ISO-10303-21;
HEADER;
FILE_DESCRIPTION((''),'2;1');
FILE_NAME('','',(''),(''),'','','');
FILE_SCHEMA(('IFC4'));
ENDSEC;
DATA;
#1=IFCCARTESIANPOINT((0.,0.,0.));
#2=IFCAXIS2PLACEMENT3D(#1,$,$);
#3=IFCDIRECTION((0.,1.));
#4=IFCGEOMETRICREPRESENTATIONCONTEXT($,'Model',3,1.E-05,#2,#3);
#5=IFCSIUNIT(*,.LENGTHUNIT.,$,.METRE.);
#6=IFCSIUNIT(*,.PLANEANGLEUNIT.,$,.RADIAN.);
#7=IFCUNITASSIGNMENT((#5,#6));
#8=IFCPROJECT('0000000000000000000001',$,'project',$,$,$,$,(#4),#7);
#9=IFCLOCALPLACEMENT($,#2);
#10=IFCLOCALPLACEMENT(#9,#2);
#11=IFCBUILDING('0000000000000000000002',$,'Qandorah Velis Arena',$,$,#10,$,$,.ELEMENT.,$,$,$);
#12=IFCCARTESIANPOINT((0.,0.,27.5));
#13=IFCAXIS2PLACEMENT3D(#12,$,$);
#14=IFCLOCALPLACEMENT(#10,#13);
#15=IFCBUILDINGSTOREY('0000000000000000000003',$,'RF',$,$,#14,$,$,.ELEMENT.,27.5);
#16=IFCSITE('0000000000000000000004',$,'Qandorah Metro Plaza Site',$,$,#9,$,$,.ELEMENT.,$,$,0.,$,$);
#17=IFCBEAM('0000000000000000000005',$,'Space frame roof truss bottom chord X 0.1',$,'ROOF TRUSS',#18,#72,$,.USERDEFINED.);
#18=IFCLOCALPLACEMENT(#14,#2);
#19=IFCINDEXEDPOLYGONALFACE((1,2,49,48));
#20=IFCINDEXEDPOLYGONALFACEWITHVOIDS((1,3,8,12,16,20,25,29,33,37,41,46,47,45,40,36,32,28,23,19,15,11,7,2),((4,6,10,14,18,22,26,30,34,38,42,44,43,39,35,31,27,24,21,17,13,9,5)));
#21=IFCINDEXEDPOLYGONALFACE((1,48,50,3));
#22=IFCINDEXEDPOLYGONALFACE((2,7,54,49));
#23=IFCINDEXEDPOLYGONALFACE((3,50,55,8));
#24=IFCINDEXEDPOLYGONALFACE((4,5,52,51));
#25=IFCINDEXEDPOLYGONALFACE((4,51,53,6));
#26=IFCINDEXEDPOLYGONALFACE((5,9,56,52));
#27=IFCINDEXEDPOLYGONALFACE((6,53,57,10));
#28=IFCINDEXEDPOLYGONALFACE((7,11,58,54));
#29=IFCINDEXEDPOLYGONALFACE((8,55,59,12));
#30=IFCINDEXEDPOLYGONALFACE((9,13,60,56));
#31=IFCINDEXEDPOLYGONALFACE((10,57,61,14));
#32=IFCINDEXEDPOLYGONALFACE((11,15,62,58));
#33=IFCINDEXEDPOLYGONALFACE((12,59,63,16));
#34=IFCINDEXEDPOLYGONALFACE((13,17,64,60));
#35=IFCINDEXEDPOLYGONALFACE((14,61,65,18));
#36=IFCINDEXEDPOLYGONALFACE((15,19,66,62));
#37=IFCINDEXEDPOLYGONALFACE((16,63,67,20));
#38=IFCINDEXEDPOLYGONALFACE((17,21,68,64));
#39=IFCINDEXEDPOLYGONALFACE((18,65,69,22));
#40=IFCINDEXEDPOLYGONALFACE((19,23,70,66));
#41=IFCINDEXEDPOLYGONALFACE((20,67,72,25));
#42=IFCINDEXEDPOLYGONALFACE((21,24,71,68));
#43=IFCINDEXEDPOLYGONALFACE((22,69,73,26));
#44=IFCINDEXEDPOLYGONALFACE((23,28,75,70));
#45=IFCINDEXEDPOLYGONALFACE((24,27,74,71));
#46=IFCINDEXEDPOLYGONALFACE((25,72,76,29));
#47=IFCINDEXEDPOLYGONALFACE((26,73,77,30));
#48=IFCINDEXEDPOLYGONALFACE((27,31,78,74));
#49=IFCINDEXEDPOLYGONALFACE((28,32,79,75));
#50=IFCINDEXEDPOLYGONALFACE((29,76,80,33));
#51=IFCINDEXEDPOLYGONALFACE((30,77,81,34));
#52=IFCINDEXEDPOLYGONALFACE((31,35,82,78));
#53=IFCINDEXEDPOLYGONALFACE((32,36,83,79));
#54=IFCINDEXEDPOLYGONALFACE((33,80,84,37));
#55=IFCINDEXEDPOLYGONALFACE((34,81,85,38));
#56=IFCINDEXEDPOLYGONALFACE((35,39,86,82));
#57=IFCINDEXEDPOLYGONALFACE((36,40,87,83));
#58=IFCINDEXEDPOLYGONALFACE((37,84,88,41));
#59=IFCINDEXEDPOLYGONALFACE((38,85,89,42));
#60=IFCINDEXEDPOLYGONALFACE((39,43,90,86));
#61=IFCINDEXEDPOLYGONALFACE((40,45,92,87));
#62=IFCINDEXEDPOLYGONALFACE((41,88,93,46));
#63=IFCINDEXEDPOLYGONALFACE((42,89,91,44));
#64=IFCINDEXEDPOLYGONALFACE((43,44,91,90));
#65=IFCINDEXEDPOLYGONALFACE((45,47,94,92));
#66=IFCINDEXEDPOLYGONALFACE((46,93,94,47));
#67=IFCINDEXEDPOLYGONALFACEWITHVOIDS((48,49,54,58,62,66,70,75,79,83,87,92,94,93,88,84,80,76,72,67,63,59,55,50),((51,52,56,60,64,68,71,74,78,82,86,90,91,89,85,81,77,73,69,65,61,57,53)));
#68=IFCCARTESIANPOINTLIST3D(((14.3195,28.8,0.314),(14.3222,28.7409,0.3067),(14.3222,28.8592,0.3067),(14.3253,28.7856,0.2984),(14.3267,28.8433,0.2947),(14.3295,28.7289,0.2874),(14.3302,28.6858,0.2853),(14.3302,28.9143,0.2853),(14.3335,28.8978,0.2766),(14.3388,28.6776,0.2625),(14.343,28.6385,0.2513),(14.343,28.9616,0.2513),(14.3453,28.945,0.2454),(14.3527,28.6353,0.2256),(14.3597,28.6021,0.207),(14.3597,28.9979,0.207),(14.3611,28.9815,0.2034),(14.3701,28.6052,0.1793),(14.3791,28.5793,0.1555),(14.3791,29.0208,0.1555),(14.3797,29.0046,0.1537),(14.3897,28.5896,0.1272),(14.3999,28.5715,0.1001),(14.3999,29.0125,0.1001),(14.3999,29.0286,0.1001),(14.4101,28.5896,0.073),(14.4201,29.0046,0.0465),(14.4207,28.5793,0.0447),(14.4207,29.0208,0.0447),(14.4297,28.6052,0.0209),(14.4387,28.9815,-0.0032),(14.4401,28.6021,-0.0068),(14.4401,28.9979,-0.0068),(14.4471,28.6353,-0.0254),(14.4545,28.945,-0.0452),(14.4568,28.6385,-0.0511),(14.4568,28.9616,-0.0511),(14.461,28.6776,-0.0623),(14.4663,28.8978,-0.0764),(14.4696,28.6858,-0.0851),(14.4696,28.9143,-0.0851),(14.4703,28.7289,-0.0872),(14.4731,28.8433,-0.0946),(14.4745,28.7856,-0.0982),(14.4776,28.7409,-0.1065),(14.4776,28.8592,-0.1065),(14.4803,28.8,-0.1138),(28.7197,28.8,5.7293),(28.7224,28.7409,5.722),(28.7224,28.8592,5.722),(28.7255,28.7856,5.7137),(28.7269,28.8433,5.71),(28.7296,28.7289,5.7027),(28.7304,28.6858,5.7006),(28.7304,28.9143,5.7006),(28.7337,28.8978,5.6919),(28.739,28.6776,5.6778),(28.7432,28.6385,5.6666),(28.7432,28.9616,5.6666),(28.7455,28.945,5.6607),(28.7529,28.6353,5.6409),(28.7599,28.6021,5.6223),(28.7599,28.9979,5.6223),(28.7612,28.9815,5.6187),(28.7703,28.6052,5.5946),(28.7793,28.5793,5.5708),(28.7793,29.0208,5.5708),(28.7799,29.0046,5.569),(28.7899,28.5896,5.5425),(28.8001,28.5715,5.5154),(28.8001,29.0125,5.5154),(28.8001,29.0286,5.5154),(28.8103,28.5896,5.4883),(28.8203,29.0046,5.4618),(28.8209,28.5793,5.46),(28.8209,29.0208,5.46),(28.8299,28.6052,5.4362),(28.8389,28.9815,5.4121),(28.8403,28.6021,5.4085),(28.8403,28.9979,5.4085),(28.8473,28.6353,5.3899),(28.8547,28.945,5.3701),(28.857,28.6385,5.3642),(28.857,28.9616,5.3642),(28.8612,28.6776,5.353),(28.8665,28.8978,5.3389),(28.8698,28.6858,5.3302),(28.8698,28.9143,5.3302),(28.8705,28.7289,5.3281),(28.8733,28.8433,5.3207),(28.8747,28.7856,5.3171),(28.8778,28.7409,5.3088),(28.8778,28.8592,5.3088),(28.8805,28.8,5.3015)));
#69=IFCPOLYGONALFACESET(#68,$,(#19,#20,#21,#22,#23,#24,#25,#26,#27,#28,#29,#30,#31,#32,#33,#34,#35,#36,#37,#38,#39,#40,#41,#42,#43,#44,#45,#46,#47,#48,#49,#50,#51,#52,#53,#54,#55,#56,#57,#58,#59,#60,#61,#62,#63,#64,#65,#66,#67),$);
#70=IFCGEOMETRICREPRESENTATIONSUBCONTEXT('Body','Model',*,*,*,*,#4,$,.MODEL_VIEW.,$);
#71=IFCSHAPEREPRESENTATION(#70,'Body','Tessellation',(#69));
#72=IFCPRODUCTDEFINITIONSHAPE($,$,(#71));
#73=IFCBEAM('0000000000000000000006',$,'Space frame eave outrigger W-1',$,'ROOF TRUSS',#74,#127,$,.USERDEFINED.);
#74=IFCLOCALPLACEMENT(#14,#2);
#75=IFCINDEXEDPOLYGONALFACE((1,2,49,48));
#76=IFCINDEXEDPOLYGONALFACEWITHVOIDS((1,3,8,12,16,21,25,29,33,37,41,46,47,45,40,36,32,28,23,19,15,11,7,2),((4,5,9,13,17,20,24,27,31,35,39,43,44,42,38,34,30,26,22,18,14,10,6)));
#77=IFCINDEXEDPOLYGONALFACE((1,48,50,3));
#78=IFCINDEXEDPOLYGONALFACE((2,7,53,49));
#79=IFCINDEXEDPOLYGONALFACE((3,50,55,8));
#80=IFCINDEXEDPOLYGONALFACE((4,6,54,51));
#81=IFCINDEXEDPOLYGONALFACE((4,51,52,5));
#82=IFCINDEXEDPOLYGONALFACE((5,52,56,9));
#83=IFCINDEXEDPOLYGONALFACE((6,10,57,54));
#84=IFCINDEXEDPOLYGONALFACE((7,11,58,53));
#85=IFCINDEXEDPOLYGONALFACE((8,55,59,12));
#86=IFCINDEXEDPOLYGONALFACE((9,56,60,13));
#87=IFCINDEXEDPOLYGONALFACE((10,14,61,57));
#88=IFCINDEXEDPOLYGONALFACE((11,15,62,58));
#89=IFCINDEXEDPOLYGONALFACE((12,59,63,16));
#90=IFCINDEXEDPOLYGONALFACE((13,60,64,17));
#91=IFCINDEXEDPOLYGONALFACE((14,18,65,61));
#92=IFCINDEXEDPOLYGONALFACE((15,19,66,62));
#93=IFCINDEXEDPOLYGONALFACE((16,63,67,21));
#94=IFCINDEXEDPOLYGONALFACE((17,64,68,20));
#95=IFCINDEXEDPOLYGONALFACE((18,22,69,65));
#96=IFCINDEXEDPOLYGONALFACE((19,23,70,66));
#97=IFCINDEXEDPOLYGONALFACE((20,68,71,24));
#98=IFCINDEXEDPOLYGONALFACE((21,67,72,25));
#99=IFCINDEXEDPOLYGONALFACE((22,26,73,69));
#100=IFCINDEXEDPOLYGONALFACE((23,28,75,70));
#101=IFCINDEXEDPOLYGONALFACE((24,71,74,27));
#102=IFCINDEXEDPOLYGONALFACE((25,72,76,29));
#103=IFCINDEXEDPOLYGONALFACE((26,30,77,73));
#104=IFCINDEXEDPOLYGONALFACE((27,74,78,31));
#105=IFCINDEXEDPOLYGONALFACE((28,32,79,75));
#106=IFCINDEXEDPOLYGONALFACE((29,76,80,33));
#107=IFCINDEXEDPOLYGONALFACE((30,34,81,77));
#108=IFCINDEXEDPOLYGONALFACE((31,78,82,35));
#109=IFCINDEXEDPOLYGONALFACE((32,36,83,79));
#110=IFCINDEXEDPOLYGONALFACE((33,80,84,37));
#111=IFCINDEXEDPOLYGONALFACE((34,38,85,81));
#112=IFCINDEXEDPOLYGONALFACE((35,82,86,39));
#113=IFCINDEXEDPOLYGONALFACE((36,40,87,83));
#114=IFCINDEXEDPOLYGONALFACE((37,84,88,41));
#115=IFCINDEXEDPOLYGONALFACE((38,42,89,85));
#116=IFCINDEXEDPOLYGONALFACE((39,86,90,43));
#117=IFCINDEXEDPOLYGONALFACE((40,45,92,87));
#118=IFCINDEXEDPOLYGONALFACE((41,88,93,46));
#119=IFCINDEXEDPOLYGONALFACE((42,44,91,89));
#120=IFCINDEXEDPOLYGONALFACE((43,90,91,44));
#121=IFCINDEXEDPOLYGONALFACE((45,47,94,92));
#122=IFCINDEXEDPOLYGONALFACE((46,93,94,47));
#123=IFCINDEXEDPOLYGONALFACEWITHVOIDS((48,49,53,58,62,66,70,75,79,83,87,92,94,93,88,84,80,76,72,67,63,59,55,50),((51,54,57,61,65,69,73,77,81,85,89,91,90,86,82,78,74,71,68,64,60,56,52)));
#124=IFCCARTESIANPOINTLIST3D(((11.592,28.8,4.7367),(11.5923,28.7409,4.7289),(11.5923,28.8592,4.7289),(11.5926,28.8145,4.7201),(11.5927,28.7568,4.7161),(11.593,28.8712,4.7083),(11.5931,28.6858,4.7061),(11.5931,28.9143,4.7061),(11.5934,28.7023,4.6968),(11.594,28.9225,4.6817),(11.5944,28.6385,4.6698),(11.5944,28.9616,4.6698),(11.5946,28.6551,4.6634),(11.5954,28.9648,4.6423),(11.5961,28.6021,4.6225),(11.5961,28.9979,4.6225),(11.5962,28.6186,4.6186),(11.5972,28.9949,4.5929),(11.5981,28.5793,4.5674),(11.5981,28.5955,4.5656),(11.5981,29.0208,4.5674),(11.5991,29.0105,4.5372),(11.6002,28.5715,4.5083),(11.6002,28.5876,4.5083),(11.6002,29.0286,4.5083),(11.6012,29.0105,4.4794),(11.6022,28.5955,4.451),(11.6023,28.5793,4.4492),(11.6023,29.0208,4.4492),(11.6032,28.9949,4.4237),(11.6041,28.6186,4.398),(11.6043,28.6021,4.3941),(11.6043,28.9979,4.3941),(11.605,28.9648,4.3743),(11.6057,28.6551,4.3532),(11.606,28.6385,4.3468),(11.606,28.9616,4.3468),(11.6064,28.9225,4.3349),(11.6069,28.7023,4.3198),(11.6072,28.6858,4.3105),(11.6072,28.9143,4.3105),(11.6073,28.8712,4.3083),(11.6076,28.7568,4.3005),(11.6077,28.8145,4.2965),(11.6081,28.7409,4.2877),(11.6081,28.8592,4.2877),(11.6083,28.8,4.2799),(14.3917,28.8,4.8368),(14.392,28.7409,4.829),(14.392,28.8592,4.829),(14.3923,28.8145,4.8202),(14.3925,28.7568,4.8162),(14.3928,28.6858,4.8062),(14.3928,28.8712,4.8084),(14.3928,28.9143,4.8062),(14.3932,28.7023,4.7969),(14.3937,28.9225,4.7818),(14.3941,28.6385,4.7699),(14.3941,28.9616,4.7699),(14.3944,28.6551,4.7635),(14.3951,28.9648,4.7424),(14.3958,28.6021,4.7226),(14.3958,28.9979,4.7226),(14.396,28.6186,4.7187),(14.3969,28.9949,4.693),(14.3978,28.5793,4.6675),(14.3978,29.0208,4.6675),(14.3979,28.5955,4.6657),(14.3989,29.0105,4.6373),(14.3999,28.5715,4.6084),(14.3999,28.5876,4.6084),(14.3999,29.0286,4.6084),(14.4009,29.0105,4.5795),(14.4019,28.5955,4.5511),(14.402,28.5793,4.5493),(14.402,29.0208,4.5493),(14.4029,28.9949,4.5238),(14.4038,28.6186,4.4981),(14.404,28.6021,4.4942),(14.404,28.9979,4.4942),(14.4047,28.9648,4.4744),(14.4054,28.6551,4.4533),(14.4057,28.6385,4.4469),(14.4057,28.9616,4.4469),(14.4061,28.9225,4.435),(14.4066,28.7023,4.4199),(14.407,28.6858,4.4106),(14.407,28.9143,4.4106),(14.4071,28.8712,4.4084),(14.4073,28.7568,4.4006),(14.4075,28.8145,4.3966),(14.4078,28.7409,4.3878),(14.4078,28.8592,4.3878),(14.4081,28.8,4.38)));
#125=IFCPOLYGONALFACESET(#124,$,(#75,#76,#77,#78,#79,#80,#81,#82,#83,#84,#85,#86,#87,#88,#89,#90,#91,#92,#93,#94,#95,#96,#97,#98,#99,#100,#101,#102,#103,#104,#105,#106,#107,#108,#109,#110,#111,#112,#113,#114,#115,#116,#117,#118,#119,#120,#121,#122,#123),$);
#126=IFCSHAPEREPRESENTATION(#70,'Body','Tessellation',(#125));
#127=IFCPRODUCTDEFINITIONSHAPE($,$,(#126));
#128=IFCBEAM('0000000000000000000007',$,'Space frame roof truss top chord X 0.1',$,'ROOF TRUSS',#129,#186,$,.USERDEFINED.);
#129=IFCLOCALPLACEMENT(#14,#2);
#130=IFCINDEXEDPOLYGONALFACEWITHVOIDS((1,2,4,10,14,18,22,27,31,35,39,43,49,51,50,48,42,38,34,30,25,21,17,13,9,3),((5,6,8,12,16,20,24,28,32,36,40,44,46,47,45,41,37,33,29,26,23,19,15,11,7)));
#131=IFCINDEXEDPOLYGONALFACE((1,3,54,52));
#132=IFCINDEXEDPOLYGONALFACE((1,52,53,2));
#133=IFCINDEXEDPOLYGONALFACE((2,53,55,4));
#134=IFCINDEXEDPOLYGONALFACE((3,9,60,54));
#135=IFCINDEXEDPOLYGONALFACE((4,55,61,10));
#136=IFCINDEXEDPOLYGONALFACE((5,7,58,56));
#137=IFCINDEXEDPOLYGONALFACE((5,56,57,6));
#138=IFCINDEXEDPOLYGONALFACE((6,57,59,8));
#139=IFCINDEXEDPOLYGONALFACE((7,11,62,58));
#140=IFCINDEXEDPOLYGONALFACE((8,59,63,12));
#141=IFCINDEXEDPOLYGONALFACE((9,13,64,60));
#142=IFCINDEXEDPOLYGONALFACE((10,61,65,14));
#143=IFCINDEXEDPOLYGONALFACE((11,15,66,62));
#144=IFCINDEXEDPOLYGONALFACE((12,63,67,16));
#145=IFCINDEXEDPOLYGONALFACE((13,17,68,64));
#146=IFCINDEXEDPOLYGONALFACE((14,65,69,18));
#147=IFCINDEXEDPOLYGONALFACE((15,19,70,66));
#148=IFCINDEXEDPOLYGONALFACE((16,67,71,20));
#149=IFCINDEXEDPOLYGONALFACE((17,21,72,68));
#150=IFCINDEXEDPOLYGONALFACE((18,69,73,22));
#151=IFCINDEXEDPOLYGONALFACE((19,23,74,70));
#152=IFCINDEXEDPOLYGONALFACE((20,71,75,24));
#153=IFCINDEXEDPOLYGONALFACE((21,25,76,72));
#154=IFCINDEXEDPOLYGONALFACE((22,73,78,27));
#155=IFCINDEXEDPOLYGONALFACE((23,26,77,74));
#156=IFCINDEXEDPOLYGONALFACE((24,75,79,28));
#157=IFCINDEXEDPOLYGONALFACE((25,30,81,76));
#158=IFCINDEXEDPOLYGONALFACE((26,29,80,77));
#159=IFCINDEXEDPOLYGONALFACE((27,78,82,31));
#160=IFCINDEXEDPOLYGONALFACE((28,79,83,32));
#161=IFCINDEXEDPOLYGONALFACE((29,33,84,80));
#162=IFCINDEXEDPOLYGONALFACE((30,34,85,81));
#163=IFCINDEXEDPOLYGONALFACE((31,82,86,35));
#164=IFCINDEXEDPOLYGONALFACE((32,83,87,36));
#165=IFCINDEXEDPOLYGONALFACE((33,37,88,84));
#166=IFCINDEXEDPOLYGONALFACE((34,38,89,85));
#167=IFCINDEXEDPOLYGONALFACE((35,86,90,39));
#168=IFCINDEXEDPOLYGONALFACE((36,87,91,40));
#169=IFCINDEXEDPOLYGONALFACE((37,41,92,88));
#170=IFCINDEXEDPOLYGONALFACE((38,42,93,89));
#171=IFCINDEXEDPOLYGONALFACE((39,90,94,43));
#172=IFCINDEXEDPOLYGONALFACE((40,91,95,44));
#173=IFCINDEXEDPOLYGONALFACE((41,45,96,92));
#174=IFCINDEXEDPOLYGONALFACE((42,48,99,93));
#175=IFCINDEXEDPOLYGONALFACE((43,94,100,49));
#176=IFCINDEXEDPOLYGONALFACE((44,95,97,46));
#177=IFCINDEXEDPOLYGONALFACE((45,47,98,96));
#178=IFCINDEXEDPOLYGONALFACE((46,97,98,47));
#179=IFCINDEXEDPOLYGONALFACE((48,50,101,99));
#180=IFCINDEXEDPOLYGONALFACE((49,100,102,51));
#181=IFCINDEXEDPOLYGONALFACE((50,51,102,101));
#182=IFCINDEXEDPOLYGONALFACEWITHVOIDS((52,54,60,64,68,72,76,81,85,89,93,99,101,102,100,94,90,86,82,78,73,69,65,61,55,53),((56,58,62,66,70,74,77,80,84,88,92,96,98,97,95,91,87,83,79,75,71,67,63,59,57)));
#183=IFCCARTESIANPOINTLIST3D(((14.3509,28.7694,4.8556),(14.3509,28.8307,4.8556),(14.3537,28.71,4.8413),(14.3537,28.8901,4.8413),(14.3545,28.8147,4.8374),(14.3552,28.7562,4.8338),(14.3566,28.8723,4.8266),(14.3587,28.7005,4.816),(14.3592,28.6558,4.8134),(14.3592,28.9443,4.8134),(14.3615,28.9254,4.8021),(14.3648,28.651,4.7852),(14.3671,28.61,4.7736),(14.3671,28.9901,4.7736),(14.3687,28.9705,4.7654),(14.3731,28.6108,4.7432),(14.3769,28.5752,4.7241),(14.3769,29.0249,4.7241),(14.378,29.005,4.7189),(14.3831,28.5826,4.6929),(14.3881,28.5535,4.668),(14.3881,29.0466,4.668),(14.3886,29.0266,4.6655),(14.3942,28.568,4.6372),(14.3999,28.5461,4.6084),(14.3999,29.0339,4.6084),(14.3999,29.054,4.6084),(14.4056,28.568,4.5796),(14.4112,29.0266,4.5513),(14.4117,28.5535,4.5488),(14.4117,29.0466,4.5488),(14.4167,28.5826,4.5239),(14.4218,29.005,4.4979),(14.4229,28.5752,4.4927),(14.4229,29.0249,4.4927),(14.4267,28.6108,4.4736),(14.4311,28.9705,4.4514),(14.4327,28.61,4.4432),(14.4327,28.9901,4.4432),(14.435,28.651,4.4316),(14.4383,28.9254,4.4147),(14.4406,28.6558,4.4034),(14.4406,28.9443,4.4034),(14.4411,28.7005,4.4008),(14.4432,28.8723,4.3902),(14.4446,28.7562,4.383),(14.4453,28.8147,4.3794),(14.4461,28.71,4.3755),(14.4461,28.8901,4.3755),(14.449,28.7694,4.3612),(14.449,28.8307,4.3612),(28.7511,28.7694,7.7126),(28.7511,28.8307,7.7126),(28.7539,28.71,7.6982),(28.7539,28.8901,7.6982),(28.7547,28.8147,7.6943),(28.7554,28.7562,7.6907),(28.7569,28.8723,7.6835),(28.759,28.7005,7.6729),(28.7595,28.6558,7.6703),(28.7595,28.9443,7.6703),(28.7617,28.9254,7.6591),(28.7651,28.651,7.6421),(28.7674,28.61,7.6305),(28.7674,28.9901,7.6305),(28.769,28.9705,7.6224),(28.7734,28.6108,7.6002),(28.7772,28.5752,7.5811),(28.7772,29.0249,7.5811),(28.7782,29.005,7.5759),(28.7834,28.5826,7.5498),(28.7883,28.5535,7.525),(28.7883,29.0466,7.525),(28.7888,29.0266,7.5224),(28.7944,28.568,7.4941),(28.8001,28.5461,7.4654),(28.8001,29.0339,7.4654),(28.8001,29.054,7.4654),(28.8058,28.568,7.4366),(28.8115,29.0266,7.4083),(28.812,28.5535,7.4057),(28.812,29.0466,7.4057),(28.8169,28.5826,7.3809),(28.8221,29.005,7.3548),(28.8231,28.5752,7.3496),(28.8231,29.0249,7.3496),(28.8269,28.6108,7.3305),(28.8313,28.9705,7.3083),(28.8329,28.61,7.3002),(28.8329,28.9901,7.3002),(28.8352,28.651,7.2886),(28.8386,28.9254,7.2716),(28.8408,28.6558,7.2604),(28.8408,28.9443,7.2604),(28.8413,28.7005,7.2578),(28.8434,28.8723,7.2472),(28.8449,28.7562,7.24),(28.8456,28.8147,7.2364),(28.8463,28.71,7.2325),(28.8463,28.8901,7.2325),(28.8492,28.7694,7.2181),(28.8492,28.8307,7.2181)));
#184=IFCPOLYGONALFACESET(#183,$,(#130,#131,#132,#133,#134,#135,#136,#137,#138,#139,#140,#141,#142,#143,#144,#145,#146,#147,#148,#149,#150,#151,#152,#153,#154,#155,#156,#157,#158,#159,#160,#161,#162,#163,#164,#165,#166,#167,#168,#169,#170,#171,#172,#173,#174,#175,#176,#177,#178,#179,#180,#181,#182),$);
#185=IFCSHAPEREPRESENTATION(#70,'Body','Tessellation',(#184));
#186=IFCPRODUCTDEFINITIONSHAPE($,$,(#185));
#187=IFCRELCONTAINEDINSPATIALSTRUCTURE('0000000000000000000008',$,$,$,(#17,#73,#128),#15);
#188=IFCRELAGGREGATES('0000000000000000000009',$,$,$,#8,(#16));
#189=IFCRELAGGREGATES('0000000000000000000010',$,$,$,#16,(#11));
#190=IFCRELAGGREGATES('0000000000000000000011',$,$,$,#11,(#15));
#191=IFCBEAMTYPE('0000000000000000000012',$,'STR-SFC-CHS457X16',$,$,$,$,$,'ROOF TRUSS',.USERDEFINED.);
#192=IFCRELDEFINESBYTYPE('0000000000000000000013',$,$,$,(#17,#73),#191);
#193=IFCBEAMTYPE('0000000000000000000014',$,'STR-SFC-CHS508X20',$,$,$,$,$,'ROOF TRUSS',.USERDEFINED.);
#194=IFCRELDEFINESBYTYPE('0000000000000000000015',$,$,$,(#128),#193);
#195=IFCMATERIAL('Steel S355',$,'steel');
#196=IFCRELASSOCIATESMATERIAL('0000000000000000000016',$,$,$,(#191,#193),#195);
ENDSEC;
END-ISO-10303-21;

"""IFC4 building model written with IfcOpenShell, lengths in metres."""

from ifc_helpers import new_model, si_unit, direction, frame, origin, origin_2d, place, context, subcontext, project, spatial, hollow_circle, extrude, material, material_profile, profile_set, type_object, element, save


model = new_model("IFC4")

# Units and contexts
model_context = context("Model", 3, precision=1e-05, world=origin(), true_north=direction((0.0, 1.0)))
body_context = subcontext(model_context, "Body", "Model", "MODEL_VIEW")
ifc_project = project(units=[si_unit("LENGTHUNIT", "METRE"), si_unit("PLANEANGLEUNIT", "RADIAN")], contexts=[model_context])

# Site, building, storey
site_placement = place(None, origin())
site = spatial("IfcSite", under=ifc_project, at=site_placement, Name="Qandorah Metro Plaza Site", CompositionType="ELEMENT", RefElevation=0.0)
building_placement = place(site_placement, origin())
building = spatial("IfcBuilding", under=site, at=building_placement, Name="Qandorah Velis Arena", CompositionType="ELEMENT")
storey_placement = place(building_placement, frame((0.0, 0.0, 27.5)))
storey = spatial("IfcBuildingStorey", under=building, at=storey_placement, Name="RF", CompositionType="ELEMENT", Elevation=27.5)

# Beams
ifc_material_1 = material(Name="Steel S355", Category="steel")
ifc_material_profile_1 = material_profile(ifc_material_1, hollow_circle(Radius=0.2285, WallThickness=0.0161, at=origin_2d()), Name="CHS 457x16")
ifc_profile_set_1 = profile_set([ifc_material_profile_1], Name="Steel S355")
beam_type_1 = type_object("IfcBeamType", Name="STR-SFC-CHS457X16", ElementType="ROOF TRUSS", PredefinedType="USERDEFINED", material=ifc_profile_set_1)
beam_1_placement = place(storey_placement, frame((14.3999, 28.8, 0.1001), z_axis=(0.936003, 0.0, 0.351991), x_axis=(0.0, 1.0, 0.0)))
element("IfcBeam", 1, at=beam_1_placement, inside=storey, type_object=beam_type_1, Name="Space frame roof truss bottom chord X 0.1", ObjectType="ROOF TRUSS", PredefinedType="USERDEFINED", context=body_context, shape_type="SweptSolid", body=[
    extrude(hollow_circle(Radius=0.2285, WallThickness=0.0161, at=origin_2d()), origin(), (0.0, 0.0, 1.0), 15.3848),
])
beam_2_placement = place(storey_placement, frame((14.3999, 28.8, 4.6084), z_axis=(-0.999362, 0.0, -0.035729), x_axis=(0.0, -1.0, 0.0)))
element("IfcBeam", 2, at=beam_2_placement, inside=storey, type_object=beam_type_1, Name="Space frame eave outrigger W-1", ObjectType="ROOF TRUSS", PredefinedType="USERDEFINED", context=body_context, shape_type="SweptSolid", body=[
    extrude(hollow_circle(Radius=0.2285, WallThickness=0.0161, at=origin_2d()), origin(), (0.0, 0.0, 1.0), 2.8015),
])
ifc_material_profile_2 = material_profile(ifc_material_1, hollow_circle(Radius=0.2539, WallThickness=0.02, at=origin_2d()), Name="CHS 508x20")
ifc_profile_set_2 = profile_set([ifc_material_profile_2], Name="Steel S355")
beam_type_2 = type_object("IfcBeamType", Name="STR-SFC-CHS508X20", ElementType="ROOF TRUSS", PredefinedType="USERDEFINED", material=ifc_profile_set_2)
beam_3_placement = place(storey_placement, frame((14.3999, 28.8, 4.6084), z_axis=(0.980882, 0.0, 0.194603), x_axis=(0.0, 1.0, 0.0)))
element("IfcBeam", 3, at=beam_3_placement, inside=storey, type_object=beam_type_2, Name="Space frame roof truss top chord X 0.1", ObjectType="ROOF TRUSS", PredefinedType="USERDEFINED", context=body_context, shape_type="SweptSolid", body=[
    extrude(hollow_circle(Radius=0.2539, WallThickness=0.02, at=origin_2d()), origin(), (0.0, 0.0, 1.0), 14.6809),
])

save(model, "model.ifc")
